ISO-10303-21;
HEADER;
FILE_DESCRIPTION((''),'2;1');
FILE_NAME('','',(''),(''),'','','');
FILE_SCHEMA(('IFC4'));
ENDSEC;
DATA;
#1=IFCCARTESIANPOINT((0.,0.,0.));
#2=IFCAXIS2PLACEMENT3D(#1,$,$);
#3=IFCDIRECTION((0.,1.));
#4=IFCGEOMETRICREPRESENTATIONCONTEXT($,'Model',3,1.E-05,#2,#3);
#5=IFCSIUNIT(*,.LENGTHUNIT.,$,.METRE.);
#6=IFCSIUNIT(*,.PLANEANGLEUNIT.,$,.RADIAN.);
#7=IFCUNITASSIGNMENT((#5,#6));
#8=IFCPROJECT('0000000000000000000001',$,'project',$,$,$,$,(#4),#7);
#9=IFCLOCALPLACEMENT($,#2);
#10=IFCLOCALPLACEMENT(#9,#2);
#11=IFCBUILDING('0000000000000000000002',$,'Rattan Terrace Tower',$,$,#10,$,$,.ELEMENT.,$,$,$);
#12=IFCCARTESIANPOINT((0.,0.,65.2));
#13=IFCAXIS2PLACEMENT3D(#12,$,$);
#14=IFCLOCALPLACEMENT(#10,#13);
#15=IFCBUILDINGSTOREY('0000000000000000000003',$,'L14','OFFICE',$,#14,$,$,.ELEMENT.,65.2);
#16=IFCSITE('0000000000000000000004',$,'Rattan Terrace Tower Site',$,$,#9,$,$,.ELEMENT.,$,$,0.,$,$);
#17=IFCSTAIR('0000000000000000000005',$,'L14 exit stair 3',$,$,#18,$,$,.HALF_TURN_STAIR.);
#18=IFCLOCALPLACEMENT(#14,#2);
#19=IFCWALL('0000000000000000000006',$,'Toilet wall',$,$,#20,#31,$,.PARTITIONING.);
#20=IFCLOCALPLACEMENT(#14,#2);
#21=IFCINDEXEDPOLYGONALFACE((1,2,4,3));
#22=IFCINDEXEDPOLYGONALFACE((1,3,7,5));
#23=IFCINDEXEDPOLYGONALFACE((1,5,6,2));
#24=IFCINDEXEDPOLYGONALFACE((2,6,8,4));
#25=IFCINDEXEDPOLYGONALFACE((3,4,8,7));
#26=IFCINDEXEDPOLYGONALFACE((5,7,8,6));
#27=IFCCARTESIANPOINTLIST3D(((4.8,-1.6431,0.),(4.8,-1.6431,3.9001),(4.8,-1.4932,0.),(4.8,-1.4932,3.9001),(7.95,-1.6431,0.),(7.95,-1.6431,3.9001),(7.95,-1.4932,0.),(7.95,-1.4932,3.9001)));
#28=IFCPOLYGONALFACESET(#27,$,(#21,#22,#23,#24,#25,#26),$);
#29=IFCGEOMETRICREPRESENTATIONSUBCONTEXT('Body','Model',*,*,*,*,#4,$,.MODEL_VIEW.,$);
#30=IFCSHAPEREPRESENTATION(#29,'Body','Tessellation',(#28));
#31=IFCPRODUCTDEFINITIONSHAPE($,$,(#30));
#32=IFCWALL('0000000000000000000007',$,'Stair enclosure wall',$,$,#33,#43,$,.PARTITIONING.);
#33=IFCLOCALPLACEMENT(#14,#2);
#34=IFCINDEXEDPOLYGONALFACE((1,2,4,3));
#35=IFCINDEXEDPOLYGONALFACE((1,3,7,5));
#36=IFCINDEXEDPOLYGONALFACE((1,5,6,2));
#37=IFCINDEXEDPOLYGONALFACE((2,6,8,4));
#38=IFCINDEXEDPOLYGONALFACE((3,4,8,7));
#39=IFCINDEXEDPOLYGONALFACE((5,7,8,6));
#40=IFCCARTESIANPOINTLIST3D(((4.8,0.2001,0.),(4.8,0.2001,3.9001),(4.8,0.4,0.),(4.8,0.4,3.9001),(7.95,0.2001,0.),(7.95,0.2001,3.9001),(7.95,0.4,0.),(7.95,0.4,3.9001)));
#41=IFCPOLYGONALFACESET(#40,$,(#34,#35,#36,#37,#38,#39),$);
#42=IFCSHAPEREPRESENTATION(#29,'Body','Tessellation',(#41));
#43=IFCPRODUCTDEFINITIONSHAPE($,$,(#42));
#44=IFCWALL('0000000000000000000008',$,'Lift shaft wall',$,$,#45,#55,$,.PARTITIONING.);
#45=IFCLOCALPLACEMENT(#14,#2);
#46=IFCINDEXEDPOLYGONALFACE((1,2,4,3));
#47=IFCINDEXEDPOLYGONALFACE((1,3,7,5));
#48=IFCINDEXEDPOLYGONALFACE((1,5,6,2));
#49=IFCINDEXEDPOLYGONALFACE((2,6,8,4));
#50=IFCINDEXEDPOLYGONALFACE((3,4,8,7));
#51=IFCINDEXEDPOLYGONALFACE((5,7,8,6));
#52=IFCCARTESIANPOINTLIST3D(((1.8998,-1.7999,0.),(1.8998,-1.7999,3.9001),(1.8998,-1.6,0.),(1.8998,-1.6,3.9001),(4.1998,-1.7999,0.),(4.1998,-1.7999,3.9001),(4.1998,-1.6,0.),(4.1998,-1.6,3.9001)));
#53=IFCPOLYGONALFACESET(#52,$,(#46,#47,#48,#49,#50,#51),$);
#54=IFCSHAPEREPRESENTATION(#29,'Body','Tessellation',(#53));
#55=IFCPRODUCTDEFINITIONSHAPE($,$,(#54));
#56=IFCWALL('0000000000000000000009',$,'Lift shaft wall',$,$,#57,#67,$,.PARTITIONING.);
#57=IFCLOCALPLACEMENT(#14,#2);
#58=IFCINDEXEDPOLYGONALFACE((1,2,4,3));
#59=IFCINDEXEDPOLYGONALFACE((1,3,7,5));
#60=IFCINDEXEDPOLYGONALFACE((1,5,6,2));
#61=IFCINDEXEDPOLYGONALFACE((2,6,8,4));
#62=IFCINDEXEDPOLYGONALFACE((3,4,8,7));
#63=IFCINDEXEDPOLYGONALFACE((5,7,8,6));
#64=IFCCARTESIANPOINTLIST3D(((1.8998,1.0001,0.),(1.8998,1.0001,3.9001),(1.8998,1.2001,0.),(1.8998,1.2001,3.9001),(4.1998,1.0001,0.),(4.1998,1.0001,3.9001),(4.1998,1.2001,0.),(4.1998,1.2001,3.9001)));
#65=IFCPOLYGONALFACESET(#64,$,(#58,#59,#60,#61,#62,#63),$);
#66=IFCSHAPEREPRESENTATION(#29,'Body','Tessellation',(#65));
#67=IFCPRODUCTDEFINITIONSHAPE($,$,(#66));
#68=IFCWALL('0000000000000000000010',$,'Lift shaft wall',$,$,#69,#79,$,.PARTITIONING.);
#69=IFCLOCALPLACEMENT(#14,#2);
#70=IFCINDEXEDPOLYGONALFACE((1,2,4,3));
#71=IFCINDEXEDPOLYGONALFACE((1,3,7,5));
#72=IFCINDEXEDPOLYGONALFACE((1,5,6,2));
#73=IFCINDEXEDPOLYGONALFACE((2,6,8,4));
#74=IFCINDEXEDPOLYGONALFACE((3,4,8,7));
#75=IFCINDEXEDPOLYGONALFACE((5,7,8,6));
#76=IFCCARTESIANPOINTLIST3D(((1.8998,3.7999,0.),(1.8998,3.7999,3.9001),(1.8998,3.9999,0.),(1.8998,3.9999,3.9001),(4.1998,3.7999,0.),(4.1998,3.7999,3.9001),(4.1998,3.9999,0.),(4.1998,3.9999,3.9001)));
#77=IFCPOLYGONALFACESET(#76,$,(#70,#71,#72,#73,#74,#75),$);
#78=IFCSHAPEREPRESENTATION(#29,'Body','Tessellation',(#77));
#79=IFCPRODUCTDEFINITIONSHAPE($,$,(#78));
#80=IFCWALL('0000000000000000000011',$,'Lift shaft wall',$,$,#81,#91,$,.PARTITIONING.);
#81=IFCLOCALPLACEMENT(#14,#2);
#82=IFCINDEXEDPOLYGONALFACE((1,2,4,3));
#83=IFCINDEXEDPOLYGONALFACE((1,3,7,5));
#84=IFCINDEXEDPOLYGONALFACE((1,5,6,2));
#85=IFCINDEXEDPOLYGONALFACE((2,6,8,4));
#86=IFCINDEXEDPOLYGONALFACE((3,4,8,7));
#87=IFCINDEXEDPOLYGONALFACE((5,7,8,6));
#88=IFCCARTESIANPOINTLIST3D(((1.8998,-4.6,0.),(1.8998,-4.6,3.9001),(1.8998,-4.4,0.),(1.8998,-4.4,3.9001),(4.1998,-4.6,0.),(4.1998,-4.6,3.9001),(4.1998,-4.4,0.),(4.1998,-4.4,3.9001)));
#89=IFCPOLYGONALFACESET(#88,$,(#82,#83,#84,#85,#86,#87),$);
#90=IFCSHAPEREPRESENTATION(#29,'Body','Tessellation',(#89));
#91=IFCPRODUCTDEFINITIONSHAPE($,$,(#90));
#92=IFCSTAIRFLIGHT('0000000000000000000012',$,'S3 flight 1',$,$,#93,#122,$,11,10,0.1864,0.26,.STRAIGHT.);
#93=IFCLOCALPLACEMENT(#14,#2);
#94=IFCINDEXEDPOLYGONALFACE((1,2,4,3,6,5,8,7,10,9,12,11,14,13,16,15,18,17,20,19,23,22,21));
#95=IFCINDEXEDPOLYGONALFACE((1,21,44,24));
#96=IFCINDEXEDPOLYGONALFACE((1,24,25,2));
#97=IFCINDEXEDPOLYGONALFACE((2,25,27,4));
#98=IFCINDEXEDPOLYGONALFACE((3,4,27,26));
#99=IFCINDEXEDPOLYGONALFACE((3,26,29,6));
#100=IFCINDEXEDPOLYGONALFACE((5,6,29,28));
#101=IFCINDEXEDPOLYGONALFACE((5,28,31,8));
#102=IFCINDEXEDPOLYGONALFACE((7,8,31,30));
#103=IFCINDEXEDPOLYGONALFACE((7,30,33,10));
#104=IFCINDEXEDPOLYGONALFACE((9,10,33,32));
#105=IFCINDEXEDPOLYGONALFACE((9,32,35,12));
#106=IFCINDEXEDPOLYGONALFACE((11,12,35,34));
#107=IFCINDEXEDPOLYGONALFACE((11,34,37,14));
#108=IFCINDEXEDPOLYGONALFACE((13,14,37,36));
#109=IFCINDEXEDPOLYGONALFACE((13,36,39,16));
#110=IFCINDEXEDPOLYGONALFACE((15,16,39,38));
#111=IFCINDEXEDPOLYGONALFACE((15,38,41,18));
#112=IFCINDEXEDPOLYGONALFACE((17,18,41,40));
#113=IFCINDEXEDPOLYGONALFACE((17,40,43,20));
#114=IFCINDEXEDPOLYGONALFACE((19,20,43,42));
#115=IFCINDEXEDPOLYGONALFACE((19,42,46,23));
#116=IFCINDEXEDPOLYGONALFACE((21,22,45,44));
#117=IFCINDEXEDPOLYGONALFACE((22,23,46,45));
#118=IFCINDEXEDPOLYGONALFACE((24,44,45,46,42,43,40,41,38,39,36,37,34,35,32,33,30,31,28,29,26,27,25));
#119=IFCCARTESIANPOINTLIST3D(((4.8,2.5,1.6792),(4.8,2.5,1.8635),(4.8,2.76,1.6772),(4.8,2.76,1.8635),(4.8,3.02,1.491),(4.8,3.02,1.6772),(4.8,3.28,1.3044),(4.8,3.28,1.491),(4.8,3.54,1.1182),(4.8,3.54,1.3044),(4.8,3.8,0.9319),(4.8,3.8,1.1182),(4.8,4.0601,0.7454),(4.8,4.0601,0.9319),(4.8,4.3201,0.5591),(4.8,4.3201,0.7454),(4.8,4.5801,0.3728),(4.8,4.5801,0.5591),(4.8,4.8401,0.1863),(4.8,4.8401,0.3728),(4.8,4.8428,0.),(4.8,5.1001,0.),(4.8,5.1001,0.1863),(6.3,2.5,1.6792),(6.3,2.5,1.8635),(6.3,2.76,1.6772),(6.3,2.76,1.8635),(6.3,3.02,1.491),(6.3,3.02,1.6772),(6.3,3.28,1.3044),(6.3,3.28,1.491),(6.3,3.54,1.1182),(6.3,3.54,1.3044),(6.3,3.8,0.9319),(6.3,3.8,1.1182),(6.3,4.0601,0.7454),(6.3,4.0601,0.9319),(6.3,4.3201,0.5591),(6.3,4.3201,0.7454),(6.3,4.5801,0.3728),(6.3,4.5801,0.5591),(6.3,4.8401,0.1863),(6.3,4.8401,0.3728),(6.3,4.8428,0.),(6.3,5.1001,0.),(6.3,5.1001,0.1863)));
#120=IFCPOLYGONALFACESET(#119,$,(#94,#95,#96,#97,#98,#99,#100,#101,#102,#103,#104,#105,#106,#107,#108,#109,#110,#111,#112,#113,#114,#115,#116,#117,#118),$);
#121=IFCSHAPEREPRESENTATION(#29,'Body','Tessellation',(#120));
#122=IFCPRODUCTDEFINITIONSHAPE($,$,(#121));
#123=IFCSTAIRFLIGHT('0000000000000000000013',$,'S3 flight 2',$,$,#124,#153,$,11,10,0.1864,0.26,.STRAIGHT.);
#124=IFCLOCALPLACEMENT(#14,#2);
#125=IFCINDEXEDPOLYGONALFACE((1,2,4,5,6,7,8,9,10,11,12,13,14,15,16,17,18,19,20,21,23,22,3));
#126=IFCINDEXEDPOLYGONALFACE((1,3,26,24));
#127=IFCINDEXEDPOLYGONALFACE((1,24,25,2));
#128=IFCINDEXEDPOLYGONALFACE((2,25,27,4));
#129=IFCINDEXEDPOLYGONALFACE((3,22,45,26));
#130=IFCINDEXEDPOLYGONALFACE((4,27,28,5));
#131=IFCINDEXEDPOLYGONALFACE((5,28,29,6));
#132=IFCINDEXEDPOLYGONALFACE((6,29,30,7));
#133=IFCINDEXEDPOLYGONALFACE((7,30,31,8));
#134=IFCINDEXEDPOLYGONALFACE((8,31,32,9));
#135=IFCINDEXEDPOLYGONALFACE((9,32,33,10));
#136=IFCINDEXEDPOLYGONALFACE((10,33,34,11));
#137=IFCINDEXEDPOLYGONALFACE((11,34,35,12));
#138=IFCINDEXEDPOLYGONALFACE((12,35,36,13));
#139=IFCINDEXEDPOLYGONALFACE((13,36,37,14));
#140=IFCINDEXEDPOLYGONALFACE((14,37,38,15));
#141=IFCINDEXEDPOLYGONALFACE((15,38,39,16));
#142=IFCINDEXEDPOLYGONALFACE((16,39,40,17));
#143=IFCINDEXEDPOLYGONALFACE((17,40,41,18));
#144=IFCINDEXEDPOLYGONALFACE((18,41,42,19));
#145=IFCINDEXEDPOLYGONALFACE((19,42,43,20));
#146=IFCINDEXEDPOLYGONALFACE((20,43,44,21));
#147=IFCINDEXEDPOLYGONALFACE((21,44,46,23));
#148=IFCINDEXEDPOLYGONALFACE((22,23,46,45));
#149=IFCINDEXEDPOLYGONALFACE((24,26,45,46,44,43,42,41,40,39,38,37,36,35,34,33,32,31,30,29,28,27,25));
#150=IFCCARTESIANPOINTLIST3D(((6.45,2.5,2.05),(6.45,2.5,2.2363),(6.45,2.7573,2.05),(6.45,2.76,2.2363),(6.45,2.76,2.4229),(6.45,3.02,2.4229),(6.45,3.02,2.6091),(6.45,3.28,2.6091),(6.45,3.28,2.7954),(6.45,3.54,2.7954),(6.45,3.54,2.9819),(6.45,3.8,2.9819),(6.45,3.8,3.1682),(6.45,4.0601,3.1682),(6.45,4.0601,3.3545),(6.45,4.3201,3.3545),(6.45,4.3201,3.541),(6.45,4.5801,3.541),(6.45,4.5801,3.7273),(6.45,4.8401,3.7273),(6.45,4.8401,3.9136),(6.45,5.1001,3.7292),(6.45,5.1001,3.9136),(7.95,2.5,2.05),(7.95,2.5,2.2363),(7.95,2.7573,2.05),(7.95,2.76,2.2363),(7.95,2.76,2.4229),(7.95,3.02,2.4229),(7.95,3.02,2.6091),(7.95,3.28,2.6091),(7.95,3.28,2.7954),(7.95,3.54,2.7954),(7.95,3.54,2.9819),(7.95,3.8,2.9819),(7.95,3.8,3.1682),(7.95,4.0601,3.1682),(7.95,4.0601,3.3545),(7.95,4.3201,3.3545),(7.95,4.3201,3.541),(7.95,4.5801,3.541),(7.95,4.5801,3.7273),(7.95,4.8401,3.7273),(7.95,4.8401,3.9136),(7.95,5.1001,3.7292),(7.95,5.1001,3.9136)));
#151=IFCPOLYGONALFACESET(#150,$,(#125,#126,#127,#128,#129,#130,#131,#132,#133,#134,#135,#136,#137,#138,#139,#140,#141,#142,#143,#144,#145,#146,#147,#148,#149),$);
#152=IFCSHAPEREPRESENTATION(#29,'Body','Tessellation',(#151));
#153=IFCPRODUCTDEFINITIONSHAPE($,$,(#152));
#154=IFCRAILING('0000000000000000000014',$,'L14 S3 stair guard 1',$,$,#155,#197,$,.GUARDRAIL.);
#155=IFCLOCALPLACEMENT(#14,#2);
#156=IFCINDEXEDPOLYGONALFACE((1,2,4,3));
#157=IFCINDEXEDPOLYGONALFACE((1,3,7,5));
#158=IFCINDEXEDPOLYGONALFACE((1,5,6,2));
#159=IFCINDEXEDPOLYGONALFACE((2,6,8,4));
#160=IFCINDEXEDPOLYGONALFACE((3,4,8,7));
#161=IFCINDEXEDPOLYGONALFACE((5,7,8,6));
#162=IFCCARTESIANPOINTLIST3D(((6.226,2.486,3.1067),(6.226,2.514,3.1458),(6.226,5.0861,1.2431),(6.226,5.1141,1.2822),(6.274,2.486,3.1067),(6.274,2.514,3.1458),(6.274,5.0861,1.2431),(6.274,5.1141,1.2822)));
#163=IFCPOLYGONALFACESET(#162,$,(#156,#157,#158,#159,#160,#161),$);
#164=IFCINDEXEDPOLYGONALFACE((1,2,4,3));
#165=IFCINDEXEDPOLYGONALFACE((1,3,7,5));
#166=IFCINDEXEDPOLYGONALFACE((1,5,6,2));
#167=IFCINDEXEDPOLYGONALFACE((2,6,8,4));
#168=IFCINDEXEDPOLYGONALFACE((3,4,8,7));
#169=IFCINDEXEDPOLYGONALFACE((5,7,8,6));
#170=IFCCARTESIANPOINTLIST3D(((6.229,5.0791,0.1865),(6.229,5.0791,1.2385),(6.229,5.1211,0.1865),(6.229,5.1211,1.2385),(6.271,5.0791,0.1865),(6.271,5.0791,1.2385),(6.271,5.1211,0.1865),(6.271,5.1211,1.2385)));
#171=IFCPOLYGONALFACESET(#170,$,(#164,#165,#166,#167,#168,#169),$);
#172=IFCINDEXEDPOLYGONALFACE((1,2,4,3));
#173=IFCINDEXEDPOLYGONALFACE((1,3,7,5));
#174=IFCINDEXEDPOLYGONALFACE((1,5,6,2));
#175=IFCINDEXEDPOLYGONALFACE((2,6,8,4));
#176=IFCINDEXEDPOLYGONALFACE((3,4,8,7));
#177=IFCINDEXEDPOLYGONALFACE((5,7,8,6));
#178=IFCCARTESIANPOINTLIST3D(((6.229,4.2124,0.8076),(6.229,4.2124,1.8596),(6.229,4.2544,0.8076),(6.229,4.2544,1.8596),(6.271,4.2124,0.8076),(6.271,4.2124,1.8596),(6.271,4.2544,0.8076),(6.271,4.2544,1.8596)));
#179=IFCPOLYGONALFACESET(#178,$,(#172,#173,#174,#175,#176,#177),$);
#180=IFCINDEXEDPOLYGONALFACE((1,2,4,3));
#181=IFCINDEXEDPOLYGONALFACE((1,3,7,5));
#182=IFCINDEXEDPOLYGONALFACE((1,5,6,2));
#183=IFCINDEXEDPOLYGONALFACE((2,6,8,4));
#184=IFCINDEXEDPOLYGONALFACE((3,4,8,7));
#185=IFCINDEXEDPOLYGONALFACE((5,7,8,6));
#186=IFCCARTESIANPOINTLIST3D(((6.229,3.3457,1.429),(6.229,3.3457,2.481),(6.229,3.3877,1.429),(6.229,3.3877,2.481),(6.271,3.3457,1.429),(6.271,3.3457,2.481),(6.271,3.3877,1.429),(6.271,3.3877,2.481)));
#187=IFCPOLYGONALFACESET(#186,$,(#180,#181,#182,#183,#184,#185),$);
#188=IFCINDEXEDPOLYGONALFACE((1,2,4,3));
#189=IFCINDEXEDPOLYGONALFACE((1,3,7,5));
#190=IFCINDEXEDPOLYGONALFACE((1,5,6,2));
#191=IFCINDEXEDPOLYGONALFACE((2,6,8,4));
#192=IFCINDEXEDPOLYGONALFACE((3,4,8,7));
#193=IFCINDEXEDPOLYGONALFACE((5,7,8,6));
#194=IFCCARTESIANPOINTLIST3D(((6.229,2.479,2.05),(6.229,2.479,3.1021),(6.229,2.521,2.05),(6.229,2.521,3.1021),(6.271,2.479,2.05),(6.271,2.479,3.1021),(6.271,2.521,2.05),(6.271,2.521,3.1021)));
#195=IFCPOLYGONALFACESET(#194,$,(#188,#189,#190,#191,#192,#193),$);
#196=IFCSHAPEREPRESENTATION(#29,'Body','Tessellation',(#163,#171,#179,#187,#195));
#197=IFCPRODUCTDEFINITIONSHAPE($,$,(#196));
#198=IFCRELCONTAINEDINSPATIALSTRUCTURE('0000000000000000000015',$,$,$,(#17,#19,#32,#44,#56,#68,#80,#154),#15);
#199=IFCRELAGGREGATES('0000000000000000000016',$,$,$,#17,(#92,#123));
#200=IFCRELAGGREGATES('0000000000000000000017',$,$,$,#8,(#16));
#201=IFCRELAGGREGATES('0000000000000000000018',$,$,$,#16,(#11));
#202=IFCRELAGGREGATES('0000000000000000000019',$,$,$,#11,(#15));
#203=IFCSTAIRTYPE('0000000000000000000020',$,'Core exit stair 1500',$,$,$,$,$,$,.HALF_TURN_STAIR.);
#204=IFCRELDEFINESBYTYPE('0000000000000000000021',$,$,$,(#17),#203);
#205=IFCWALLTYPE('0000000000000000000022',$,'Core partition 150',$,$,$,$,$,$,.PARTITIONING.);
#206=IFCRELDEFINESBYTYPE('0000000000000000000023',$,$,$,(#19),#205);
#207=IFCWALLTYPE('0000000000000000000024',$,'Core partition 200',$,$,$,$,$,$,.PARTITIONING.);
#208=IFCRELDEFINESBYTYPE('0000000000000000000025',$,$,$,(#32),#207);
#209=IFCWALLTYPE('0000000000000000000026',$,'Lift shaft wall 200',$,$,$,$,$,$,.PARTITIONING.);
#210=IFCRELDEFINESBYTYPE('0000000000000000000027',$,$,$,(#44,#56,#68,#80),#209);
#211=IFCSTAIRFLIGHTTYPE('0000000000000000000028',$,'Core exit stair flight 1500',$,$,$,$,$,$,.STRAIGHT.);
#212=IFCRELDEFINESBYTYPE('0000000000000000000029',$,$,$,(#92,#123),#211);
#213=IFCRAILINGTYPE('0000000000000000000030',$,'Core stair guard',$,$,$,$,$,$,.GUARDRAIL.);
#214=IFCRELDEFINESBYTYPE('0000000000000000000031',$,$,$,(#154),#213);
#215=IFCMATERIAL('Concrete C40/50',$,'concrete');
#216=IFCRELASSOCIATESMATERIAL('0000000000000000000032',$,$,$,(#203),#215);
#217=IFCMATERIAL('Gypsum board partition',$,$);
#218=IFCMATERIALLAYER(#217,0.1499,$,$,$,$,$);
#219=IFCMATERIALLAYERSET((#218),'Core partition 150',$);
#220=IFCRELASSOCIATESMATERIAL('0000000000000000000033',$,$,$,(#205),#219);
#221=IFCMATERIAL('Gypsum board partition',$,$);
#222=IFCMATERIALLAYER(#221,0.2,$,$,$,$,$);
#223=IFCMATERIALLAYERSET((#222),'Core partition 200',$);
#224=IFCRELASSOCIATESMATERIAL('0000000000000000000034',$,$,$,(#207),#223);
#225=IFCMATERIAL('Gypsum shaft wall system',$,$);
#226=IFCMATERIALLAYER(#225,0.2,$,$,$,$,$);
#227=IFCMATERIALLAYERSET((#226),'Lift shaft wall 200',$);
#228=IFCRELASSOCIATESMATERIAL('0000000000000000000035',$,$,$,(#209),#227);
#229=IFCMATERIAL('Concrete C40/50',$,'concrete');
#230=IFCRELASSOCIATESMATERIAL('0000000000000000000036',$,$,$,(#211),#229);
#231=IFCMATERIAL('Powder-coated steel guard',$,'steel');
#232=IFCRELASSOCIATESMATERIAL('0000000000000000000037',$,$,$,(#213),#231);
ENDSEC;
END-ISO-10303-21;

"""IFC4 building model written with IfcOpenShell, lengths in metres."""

from ifc_helpers import new_model, si_unit, direction, frame, frame_2d, origin, origin_2d, place, context, subcontext, project, spatial, polyline, rectangle, outline, extrude, material, layer, layer_set, type_object, element, aggregate, save


model = new_model("IFC4")

# Units and contexts
model_context = context("Model", 3, precision=1e-05, world=origin(), true_north=direction((0.0, 1.0)))
body_context = subcontext(model_context, "Body", "Model", "MODEL_VIEW")
ifc_project = project(units=[si_unit("LENGTHUNIT", "METRE"), si_unit("PLANEANGLEUNIT", "RADIAN")], contexts=[model_context])

# Site, building, storey
site_placement = place(None, origin())
site = spatial("IfcSite", under=ifc_project, at=site_placement, Name="Rattan Terrace Tower Site", CompositionType="ELEMENT", RefElevation=0.0)
building_placement = place(site_placement, origin())
building = spatial("IfcBuilding", under=site, at=building_placement, Name="Rattan Terrace Tower", CompositionType="ELEMENT")
storey_placement = place(building_placement, frame((0.0, 0.0, 65.2)))
storey = spatial("IfcBuildingStorey", under=building, at=storey_placement, Name="L14", Description="OFFICE", CompositionType="ELEMENT", Elevation=65.2)

# Stair
ifc_material_1 = material(Name="Concrete C40/50", Category="concrete")
stair_type = type_object("IfcStairType", Name="Core exit stair 1500", PredefinedType="HALF_TURN_STAIR", material=ifc_material_1)
stair_1_placement = place(storey_placement, origin())
stair_1 = element("IfcStair", 1, at=stair_1_placement, inside=storey, type_object=stair_type, Name="L14 exit stair 3", PredefinedType="HALF_TURN_STAIR")

# Walls
ifc_material_2 = material(Name="Gypsum board partition")
ifc_layer_1 = layer(ifc_material_2, 0.1499)
ifc_layer_set_1 = layer_set([ifc_layer_1], Name="Core partition 150")
wall_type_1 = type_object("IfcWallType", Name="Core partition 150", PredefinedType="PARTITIONING", material=ifc_layer_set_1)
for number, where, z_axis, x_axis, name in (
    (2, (4.8, -1.5681, 0.0), (0.0, 0.0, 1.0), (1.0, 0.0, 0.0), "Toilet wall"),
):
    element("IfcWall", number, at=place(storey_placement, frame(where, z_axis=z_axis, x_axis=x_axis)), inside=storey, type_object=wall_type_1, Name=name, PredefinedType="PARTITIONING", context=body_context, shape_type="SweptSolid", body=[
        extrude(rectangle(XDim=3.1499, YDim=0.1499, at=frame_2d((1.575, 0.0))), origin(), (0.0, 0.0, 1.0), 3.9001),
    ])
ifc_material_3 = material(Name="Gypsum board partition")
ifc_layer_2 = layer(ifc_material_3, 0.2)
ifc_layer_set_2 = layer_set([ifc_layer_2], Name="Core partition 200")
wall_type_2 = type_object("IfcWallType", Name="Core partition 200", PredefinedType="PARTITIONING", material=ifc_layer_set_2)
wall_placement = place(storey_placement, frame((4.8, 0.3, 0.0), z_axis=(0.0, 0.0, 1.0), x_axis=(1.0, 0.0, 0.0)))
element("IfcWall", 3, at=wall_placement, inside=storey, type_object=wall_type_2, Name="Stair enclosure wall", PredefinedType="PARTITIONING", context=body_context, shape_type="SweptSolid", body=[
    extrude(rectangle(XDim=3.1499, YDim=0.2, at=frame_2d((1.575, 0.0))), origin(), (0.0, 0.0, 1.0), 3.9001),
])
ifc_material_4 = material(Name="Gypsum shaft wall system")
ifc_layer_3 = layer(ifc_material_4, 0.2)
ifc_layer_set_3 = layer_set([ifc_layer_3], Name="Lift shaft wall 200")
wall_type_3 = type_object("IfcWallType", Name="Lift shaft wall 200", PredefinedType="PARTITIONING", material=ifc_layer_set_3)
for number, where, z_axis, x_axis, name in (
    (4, (1.8999, -1.7, 0.0), (0.0, 0.0, 1.0), (1.0, 0.0, 0.0), "Lift shaft wall"),
    (5, (1.8999, 1.1001, 0.0), (0.0, 0.0, 1.0), (1.0, 0.0, 0.0), "Lift shaft wall"),
    (6, (1.8999, 3.8999, 0.0), (0.0, 0.0, 1.0), (1.0, 0.0, 0.0), "Lift shaft wall"),
    (7, (1.8999, -4.5, 0.0), (0.0, 0.0, 1.0), (1.0, 0.0, 0.0), "Lift shaft wall"),
):
    element("IfcWall", number, at=place(storey_placement, frame(where, z_axis=z_axis, x_axis=x_axis)), inside=storey, type_object=wall_type_3, Name=name, PredefinedType="PARTITIONING", context=body_context, shape_type="SweptSolid", body=[
        extrude(rectangle(XDim=2.3, YDim=0.2, at=frame_2d((1.1499, 0.0))), origin(), (0.0, 0.0, 1.0), 3.9001),
    ])

# Stair flights
ifc_material_5 = material(Name="Concrete C40/50", Category="concrete")
stair_flight_type = type_object("IfcStairFlightType", Name="Core exit stair flight 1500", PredefinedType="STRAIGHT", material=ifc_material_5)
stair_flight_1_placement = place(storey_placement, frame((5.55, 5.1001, 0.0), z_axis=(0.0, 0.0, 1.0), x_axis=(0.0, -1.0, 0.0)))
stair_flight_1 = element("IfcStairFlight", 8, at=stair_flight_1_placement, type_object=stair_flight_type, Name="S3 flight 1", NumberOfRisers=11, NumberOfTreads=10, PredefinedType="STRAIGHT", RiserHeight=0.1864, TreadLength=0.26, context=body_context, shape_type="SweptSolid", body=[
    extrude(outline(polyline([(0.0, 0.0), (0.0, 0.1863), (0.26, 0.1863), (0.26, 0.3728), (0.52, 0.3728), (0.52, 0.5591), (0.78, 0.5591), (0.78, 0.7454), (1.04, 0.7454), (1.04, 0.9319), (1.3, 0.9319), (1.3, 1.1182), (1.5601, 1.1182), (1.5601, 1.3044), (1.8201, 1.3044), (1.8201, 1.491), (2.0801, 1.491), (2.0801, 1.6772), (2.3401, 1.6772), (2.3401, 1.8635), (2.6001, 1.8635), (2.6001, 2.05), (2.6001, 1.6792), (0.2573, 0.0), (0.0, 0.0)])), frame((0.0, 0.75, 0.0), z_axis=(0.0, -1.0, 0.0), x_axis=(1.0, 0.0, 0.0)), (0.0, 0.0, 1.0), 1.5),
])
stair_flight_2_placement = place(storey_placement, frame((7.2, 2.5, 2.05), z_axis=(0.0, 0.0, 1.0), x_axis=(0.0, 1.0, 0.0)))
stair_flight_2 = element("IfcStairFlight", 9, at=stair_flight_2_placement, type_object=stair_flight_type, Name="S3 flight 2", NumberOfRisers=11, NumberOfTreads=10, PredefinedType="STRAIGHT", RiserHeight=0.1864, TreadLength=0.26, context=body_context, shape_type="SweptSolid", body=[
    extrude(outline(polyline([(0.0, 0.0), (0.0, 0.1863), (0.26, 0.1863), (0.26, 0.3728), (0.52, 0.3728), (0.52, 0.5591), (0.78, 0.5591), (0.78, 0.7454), (1.04, 0.7454), (1.04, 0.9319), (1.3, 0.9319), (1.3, 1.1182), (1.5601, 1.1182), (1.5601, 1.3044), (1.8201, 1.3044), (1.8201, 1.491), (2.0801, 1.491), (2.0801, 1.6772), (2.3401, 1.6772), (2.3401, 1.8635), (2.6001, 1.8635), (2.6001, 2.05), (2.6001, 1.6792), (0.2573, 0.0), (0.0, 0.0)])), frame((0.0, 0.75, 0.0), z_axis=(0.0, -1.0, 0.0), x_axis=(1.0, 0.0, 0.0)), (0.0, 0.0, 1.0), 1.5),
])
aggregate(stair_1, [stair_flight_1, stair_flight_2])

# Railing
ifc_material_6 = material(Name="Powder-coated steel guard", Category="steel")
railing_type_1 = type_object("IfcRailingType", Name="Core stair guard", PredefinedType="GUARDRAIL", material=ifc_material_6)
railing_1_placement = place(storey_placement, frame((6.25, 5.1001, 0.1865)))
element("IfcRailing", 10, at=railing_1_placement, inside=storey, type_object=railing_type_1, Name="L14 S3 stair guard 1", PredefinedType="GUARDRAIL", context=body_context, shape_type="SweptSolid", body=[
    extrude(rectangle(XDim=0.0481, YDim=0.0481, at=origin_2d()), frame((0.0, 0.0, 1.0762), z_axis=(0.0, -0.812799, 0.582544), x_axis=(1.0, 0.0, 0.0)), (0.0, 0.0, 1.0), 3.199),
    extrude(rectangle(XDim=0.042, YDim=0.042, at=origin_2d()), origin(), (0.0, 0.0, 1.0), 1.052),
    extrude(rectangle(XDim=0.042, YDim=0.042, at=origin_2d()), frame((0.0, -0.8667, 0.6211)), (0.0, 0.0, 1.0), 1.052),
    extrude(rectangle(XDim=0.042, YDim=0.042, at=origin_2d()), frame((0.0, -1.7334, 1.2424)), (0.0, 0.0, 1.0), 1.052),
    extrude(rectangle(XDim=0.042, YDim=0.042, at=origin_2d()), frame((0.0, -2.6001, 1.8635)), (0.0, 0.0, 1.0), 1.052),
])

save(model, "model.ifc")
